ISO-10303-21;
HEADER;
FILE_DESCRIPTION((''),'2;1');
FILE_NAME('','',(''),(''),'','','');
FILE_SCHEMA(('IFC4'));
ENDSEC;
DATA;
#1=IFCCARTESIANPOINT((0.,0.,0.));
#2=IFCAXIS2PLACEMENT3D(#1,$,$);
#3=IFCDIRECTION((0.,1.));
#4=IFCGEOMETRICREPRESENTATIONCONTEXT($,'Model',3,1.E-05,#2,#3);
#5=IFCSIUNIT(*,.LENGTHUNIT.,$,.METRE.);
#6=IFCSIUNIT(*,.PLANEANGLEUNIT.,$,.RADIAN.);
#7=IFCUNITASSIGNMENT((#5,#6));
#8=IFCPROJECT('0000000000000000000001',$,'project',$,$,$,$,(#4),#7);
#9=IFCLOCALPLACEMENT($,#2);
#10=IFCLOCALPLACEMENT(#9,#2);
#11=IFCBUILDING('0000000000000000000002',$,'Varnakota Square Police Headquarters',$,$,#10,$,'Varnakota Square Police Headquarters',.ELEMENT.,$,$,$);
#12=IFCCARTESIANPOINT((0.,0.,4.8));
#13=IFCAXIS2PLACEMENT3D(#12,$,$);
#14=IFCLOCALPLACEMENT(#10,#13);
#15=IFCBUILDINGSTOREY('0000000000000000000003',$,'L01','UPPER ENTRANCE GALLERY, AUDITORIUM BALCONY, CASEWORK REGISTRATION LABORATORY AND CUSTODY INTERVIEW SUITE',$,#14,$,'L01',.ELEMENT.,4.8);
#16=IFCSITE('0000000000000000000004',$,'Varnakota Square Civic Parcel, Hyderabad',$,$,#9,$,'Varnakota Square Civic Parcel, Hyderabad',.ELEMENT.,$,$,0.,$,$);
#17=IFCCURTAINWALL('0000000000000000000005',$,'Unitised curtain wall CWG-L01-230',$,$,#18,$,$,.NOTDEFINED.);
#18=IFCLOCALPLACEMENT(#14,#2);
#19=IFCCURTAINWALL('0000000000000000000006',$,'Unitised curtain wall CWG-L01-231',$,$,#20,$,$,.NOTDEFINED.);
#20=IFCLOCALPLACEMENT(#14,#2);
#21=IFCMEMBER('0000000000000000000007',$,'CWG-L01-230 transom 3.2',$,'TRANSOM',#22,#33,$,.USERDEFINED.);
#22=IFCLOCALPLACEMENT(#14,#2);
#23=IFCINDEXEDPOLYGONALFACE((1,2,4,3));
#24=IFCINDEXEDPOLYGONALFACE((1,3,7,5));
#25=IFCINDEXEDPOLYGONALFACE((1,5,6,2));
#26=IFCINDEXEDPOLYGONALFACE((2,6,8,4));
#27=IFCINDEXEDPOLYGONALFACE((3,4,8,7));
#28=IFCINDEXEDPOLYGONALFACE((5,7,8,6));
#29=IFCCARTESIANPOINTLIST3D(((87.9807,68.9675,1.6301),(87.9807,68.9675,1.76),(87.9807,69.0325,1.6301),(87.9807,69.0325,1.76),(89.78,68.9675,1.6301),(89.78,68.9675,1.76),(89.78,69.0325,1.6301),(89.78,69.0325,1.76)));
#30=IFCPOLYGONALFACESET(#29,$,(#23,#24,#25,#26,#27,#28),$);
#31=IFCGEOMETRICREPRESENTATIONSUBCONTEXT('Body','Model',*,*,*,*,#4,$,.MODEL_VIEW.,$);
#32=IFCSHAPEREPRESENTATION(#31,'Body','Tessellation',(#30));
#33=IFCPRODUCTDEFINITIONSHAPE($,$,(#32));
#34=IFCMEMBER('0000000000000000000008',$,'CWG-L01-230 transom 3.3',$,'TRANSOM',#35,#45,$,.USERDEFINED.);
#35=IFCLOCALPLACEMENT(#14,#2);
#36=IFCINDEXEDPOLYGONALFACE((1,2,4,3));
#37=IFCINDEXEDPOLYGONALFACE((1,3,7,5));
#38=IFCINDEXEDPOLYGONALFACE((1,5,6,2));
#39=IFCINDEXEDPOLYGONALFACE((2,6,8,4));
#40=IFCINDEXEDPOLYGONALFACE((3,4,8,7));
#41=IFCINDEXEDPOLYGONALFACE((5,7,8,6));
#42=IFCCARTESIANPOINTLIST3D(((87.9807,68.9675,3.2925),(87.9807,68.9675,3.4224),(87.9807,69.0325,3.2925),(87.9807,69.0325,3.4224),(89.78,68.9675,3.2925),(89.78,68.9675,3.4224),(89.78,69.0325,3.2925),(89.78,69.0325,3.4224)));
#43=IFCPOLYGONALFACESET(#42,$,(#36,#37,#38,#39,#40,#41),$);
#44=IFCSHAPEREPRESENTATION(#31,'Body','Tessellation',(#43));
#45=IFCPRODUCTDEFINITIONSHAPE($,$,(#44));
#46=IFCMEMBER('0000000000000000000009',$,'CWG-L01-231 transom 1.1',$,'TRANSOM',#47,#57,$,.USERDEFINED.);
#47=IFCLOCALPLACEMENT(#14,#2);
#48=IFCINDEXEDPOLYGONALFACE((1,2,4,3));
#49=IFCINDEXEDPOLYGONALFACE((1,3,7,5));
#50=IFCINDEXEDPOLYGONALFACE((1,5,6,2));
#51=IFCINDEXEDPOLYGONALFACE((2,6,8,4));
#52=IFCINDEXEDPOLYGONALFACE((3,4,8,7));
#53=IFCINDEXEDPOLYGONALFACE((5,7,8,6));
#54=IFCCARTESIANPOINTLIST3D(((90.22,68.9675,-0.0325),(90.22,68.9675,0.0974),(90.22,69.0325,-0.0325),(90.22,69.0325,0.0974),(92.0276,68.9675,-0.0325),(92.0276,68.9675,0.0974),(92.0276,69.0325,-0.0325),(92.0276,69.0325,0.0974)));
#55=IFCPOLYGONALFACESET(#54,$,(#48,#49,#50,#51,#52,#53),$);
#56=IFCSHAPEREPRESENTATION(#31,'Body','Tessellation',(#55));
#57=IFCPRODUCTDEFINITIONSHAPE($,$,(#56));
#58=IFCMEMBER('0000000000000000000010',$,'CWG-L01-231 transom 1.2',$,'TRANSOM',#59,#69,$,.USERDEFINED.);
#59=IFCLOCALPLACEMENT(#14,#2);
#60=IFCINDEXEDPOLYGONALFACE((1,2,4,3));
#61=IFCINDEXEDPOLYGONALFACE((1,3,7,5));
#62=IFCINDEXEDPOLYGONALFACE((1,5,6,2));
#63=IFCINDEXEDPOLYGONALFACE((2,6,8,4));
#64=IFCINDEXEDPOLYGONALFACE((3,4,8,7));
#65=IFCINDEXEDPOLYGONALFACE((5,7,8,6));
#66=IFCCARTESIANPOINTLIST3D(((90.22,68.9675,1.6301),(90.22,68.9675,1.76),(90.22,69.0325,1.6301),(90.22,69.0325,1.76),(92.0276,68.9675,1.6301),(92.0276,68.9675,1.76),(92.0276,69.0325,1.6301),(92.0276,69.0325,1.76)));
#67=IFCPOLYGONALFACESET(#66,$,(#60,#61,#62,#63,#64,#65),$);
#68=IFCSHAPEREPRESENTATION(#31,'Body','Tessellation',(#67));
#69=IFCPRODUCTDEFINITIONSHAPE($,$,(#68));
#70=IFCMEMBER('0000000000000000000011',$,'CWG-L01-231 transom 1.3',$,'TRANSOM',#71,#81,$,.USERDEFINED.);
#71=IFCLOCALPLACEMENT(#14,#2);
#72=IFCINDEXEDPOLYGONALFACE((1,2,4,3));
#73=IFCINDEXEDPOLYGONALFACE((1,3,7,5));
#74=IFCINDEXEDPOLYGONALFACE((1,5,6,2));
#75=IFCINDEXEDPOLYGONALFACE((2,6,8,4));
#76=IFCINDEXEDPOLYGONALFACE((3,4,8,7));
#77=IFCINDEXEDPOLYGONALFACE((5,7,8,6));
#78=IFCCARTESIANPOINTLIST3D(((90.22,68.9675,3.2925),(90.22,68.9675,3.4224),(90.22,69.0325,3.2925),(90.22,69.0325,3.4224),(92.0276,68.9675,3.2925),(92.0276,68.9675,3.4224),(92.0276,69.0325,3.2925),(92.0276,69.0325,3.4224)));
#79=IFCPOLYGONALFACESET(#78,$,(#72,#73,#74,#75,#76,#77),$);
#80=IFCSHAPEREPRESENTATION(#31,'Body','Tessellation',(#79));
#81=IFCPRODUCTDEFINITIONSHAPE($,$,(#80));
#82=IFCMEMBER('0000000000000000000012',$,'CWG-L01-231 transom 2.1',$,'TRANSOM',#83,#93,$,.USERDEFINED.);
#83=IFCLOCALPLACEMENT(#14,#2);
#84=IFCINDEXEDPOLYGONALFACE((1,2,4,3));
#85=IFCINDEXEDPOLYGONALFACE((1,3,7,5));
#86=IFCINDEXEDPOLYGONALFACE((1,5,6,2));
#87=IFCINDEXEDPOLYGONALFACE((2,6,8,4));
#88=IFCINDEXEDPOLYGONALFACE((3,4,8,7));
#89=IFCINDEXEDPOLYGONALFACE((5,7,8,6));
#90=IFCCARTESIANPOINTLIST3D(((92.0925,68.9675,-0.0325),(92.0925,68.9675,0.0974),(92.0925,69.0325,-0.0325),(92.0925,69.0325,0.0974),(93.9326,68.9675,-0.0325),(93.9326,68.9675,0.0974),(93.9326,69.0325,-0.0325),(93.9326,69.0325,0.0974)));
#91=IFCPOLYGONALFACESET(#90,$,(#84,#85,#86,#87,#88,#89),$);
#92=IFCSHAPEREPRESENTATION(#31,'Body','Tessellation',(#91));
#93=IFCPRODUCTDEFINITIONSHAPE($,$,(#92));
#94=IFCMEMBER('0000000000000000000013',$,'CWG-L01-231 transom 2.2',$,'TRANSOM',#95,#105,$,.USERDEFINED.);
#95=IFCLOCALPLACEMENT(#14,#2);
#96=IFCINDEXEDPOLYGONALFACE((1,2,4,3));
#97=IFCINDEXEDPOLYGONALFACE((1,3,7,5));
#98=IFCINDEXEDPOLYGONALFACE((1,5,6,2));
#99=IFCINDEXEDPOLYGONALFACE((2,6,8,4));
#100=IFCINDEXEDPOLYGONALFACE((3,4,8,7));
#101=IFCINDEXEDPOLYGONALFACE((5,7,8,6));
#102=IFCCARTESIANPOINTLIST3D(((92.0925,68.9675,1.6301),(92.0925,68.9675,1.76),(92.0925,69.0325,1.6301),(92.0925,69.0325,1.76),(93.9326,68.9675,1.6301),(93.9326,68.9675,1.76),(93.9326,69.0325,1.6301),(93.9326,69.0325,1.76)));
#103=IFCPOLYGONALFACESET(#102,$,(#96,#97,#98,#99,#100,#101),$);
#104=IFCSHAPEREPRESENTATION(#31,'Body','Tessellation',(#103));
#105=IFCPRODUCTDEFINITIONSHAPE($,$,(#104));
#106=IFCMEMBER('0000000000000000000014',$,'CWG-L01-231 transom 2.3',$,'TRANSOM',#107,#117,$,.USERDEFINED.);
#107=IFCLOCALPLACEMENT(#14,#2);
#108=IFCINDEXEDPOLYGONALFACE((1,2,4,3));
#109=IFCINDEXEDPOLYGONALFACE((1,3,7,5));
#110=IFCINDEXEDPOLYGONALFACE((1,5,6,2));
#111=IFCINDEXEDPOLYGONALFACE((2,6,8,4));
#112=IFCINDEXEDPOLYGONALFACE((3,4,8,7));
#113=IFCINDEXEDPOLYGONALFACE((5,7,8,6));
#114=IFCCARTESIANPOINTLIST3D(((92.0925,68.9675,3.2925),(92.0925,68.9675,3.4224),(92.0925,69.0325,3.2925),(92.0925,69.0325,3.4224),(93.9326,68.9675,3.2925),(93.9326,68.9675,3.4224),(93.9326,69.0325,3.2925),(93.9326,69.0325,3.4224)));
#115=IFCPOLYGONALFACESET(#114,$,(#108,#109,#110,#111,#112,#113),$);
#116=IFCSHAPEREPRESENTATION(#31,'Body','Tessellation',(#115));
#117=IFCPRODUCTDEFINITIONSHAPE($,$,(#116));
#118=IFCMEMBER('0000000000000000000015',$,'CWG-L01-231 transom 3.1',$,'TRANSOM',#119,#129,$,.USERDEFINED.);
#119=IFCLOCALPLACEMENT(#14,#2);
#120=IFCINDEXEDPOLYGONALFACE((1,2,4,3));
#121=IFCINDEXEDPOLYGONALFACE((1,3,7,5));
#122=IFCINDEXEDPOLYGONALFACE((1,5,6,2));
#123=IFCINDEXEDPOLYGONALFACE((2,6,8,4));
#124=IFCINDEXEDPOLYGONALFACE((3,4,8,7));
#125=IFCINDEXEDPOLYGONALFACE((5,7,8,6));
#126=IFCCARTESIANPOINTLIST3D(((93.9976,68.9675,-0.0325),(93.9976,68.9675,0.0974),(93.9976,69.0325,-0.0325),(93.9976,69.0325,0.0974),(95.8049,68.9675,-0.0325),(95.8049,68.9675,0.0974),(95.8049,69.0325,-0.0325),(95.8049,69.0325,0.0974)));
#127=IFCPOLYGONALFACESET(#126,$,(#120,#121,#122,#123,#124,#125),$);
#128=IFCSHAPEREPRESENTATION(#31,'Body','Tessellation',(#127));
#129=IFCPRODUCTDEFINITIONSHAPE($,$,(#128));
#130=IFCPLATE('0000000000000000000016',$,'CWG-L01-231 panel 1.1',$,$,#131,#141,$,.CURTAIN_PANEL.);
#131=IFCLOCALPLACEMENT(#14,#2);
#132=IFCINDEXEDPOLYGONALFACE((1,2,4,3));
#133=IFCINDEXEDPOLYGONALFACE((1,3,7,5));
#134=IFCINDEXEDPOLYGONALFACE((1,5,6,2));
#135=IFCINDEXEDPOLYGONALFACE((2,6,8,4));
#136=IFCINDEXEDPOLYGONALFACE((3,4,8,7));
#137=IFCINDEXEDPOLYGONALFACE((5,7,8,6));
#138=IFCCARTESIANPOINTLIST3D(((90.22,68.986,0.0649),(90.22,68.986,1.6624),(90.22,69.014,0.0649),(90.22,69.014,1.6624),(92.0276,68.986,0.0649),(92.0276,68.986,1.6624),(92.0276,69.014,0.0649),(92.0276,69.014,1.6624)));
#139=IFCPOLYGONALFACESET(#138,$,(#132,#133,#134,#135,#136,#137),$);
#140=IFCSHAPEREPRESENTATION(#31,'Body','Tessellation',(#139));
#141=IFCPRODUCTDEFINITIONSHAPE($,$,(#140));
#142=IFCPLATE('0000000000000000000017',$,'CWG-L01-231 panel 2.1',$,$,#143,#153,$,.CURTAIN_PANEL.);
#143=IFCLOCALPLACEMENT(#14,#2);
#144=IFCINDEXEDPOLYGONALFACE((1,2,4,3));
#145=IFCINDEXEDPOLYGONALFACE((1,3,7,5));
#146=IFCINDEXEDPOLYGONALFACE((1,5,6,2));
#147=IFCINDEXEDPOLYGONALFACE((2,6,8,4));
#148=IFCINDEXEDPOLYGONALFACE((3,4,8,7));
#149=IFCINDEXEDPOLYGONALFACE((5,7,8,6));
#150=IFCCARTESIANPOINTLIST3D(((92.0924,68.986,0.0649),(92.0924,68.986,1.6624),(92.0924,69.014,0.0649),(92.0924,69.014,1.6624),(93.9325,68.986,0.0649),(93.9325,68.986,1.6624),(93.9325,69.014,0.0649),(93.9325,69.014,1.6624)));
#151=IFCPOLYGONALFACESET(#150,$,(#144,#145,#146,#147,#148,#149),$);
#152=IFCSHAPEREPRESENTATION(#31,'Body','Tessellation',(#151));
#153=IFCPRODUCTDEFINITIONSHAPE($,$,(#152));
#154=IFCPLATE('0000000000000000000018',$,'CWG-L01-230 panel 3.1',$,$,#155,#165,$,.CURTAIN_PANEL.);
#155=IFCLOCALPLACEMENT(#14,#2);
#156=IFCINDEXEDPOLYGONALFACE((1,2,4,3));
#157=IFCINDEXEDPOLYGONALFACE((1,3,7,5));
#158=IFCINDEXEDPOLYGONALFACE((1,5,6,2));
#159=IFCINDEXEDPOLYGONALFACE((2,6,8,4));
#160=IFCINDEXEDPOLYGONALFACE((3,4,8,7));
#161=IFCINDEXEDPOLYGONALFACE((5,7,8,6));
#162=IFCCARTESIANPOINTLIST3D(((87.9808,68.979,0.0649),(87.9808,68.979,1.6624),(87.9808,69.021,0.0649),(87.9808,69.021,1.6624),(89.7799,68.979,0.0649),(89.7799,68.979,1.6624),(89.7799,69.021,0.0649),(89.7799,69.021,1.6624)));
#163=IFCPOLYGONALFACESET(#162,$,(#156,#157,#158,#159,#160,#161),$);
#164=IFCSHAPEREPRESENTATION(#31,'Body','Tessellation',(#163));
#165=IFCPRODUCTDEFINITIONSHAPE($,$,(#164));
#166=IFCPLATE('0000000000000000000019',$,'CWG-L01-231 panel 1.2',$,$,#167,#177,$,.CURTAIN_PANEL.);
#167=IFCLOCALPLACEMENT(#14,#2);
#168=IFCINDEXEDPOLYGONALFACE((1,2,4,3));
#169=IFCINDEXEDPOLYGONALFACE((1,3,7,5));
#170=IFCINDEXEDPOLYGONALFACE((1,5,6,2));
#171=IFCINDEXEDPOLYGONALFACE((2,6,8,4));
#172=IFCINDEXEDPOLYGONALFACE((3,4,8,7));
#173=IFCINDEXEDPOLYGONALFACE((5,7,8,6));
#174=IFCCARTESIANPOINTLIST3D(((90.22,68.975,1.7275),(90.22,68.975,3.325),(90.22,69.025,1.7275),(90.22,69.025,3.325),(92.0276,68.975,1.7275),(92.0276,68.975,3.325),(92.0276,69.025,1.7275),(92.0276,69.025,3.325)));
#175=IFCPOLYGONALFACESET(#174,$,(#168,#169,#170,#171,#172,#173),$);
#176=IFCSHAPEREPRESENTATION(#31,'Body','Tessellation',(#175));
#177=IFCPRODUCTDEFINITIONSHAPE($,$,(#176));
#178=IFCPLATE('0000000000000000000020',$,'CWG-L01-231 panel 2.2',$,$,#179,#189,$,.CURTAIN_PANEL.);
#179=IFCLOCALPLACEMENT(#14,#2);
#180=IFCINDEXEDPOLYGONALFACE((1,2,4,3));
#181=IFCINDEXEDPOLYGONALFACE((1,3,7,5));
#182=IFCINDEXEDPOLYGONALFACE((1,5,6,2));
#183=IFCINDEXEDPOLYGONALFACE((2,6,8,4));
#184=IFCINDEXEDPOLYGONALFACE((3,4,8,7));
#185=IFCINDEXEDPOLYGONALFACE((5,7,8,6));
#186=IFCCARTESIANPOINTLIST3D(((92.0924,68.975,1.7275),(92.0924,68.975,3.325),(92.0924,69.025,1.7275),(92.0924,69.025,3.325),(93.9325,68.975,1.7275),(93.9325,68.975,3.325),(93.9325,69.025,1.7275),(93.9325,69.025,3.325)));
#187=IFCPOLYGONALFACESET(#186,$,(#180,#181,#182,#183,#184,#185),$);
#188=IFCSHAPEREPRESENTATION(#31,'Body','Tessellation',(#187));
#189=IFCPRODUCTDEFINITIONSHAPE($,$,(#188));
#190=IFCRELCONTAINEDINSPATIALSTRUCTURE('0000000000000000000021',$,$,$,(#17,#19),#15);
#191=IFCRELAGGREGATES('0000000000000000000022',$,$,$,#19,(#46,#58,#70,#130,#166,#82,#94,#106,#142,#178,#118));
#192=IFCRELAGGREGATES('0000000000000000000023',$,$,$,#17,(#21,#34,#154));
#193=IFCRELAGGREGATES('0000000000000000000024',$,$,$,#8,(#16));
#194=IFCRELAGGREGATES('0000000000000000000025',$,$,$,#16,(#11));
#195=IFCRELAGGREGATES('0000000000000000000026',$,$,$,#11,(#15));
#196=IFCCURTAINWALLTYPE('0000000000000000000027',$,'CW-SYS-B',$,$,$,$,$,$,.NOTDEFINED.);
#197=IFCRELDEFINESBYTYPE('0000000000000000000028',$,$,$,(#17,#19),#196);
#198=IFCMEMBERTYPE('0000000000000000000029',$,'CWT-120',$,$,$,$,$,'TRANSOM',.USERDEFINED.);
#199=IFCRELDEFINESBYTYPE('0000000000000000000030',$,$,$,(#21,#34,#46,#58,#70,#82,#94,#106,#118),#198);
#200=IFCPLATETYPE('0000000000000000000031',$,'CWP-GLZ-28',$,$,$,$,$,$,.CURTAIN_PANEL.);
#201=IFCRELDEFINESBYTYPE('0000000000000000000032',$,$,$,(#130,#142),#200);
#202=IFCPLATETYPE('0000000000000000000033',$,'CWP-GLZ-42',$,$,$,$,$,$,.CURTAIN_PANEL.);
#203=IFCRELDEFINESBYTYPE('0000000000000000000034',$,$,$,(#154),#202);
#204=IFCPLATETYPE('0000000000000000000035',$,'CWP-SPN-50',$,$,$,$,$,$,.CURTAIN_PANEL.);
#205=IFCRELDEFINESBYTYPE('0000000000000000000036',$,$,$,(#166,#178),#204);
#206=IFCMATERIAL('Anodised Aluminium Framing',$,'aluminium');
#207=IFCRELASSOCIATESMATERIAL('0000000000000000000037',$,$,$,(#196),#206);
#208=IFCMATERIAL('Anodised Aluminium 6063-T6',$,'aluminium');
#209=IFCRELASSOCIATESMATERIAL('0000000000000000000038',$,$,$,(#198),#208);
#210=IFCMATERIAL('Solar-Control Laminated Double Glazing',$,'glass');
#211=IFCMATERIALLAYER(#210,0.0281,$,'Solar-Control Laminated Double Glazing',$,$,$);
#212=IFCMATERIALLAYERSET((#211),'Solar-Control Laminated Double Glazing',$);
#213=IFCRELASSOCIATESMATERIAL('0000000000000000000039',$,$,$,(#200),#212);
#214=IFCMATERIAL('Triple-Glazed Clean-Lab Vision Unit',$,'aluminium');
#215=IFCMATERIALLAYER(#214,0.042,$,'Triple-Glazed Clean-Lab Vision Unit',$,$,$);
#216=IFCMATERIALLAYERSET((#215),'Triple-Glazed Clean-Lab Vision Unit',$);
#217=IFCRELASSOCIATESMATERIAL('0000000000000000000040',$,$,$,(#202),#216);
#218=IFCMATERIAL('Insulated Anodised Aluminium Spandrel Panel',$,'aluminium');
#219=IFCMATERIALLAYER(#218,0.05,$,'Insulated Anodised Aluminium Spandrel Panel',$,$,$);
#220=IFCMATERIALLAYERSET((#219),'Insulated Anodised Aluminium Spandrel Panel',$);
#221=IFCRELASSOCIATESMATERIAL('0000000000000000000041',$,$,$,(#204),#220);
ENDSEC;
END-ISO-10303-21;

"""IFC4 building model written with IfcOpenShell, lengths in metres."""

from ifc_helpers import new_model, si_unit, direction, frame, origin, origin_2d, place, context, subcontext, project, spatial, rectangle, extrude, material, layer, layer_set, material_profile, profile_set, type_object, element, aggregate, save


model = new_model("IFC4")

# Units and contexts
model_context = context("Model", 3, precision=1e-05, world=origin(), true_north=direction((0.0, 1.0)))
body_context = subcontext(model_context, "Body", "Model", "MODEL_VIEW")
ifc_project = project(units=[si_unit("LENGTHUNIT", "METRE"), si_unit("PLANEANGLEUNIT", "RADIAN")], contexts=[model_context])

# Site, building, storey
site_placement = place(None, origin())
site = spatial("IfcSite", under=ifc_project, at=site_placement, Name="Varnakota Square Civic Parcel, Hyderabad", LongName="Varnakota Square Civic Parcel, Hyderabad", CompositionType="ELEMENT", RefElevation=0.0)
building_placement = place(site_placement, origin())
building = spatial("IfcBuilding", under=site, at=building_placement, Name="Varnakota Square Police Headquarters", LongName="Varnakota Square Police Headquarters", CompositionType="ELEMENT")
storey_placement = place(building_placement, frame((0.0, 0.0, 4.8)))
storey = spatial("IfcBuildingStorey", under=building, at=storey_placement, Name="L01", Description="UPPER ENTRANCE GALLERY, AUDITORIUM BALCONY, CASEWORK REGISTRATION LABORATORY AND CUSTODY INTERVIEW SUITE", LongName="L01", CompositionType="ELEMENT", Elevation=4.8)

# Curtain wall
ifc_material_1 = material(Name="Anodised Aluminium Framing", Category="aluminium")
curtain_wall_type = type_object("IfcCurtainWallType", Name="CW-SYS-B", PredefinedType="NOTDEFINED", material=ifc_material_1)
curtain_wall_1_placement = place(storey_placement, origin())
curtain_wall_1 = element("IfcCurtainWall", 1, at=curtain_wall_1_placement, inside=storey, type_object=curtain_wall_type, Name="Unitised curtain wall CWG-L01-230", PredefinedType="NOTDEFINED")
ifc_material_2 = material(Name="Anodised Aluminium 6063-T6", Category="aluminium")

# Curtain wall
curtain_wall_2_placement = place(storey_placement, origin())
curtain_wall_2 = element("IfcCurtainWall", 2, at=curtain_wall_2_placement, inside=storey, type_object=curtain_wall_type, Name="Unitised curtain wall CWG-L01-231", PredefinedType="NOTDEFINED")

# Members
ifc_material_profile_1 = material_profile(ifc_material_2, rectangle(XDim=0.0649, YDim=0.1299, at=origin_2d()), Name="ALU TRANSOM 65x130")
ifc_profile_set_1 = profile_set([ifc_material_profile_1], Name="Anodised Aluminium 6063-T6")
member_type_1 = type_object("IfcMemberType", Name="CWT-120", ElementType="TRANSOM", PredefinedType="USERDEFINED", material=ifc_profile_set_1)
member_1_placement = place(storey_placement, frame((87.9807, 69.0, 1.6951), z_axis=(1.0, 0.0, 0.0), x_axis=(0.0, 1.0, 0.0)))
member_1 = element("IfcMember", 3, at=member_1_placement, type_object=member_type_1, Name="CWG-L01-230 transom 3.2", ObjectType="TRANSOM", PredefinedType="USERDEFINED", context=body_context, shape_type="SweptSolid", body=[
    extrude(rectangle(XDim=0.0649, YDim=0.1299, at=origin_2d()), origin(), (0.0, 0.0, 1.0), 1.7993),
])
member_2_placement = place(storey_placement, frame((87.9807, 69.0, 3.3574), z_axis=(1.0, 0.0, 0.0), x_axis=(0.0, 1.0, 0.0)))
member_2 = element("IfcMember", 4, at=member_2_placement, type_object=member_type_1, Name="CWG-L01-230 transom 3.3", ObjectType="TRANSOM", PredefinedType="USERDEFINED", context=body_context, shape_type="SweptSolid", body=[
    extrude(rectangle(XDim=0.0649, YDim=0.1299, at=origin_2d()), origin(), (0.0, 0.0, 1.0), 1.7993),
])
member_3_placement = place(storey_placement, frame((90.22, 69.0, 0.0325), z_axis=(1.0, 0.0, 0.0), x_axis=(0.0, 1.0, 0.0)))
member_3 = element("IfcMember", 5, at=member_3_placement, type_object=member_type_1, Name="CWG-L01-231 transom 1.1", ObjectType="TRANSOM", PredefinedType="USERDEFINED", context=body_context, shape_type="SweptSolid", body=[
    extrude(rectangle(XDim=0.0649, YDim=0.1299, at=origin_2d()), origin(), (0.0, 0.0, 1.0), 1.8076),
])
member_4_placement = place(storey_placement, frame((90.22, 69.0, 1.6951), z_axis=(1.0, 0.0, 0.0), x_axis=(0.0, 1.0, 0.0)))
member_4 = element("IfcMember", 6, at=member_4_placement, type_object=member_type_1, Name="CWG-L01-231 transom 1.2", ObjectType="TRANSOM", PredefinedType="USERDEFINED", context=body_context, shape_type="SweptSolid", body=[
    extrude(rectangle(XDim=0.0649, YDim=0.1299, at=origin_2d()), origin(), (0.0, 0.0, 1.0), 1.8076),
])
member_5_placement = place(storey_placement, frame((90.22, 69.0, 3.3574), z_axis=(1.0, 0.0, 0.0), x_axis=(0.0, 1.0, 0.0)))
member_5 = element("IfcMember", 7, at=member_5_placement, type_object=member_type_1, Name="CWG-L01-231 transom 1.3", ObjectType="TRANSOM", PredefinedType="USERDEFINED", context=body_context, shape_type="SweptSolid", body=[
    extrude(rectangle(XDim=0.0649, YDim=0.1299, at=origin_2d()), origin(), (0.0, 0.0, 1.0), 1.8076),
])
member_6_placement = place(storey_placement, frame((92.0925, 69.0, 0.0325), z_axis=(1.0, 0.0, 0.0), x_axis=(0.0, 1.0, 0.0)))
member_6 = element("IfcMember", 8, at=member_6_placement, type_object=member_type_1, Name="CWG-L01-231 transom 2.1", ObjectType="TRANSOM", PredefinedType="USERDEFINED", context=body_context, shape_type="SweptSolid", body=[
    extrude(rectangle(XDim=0.0649, YDim=0.1299, at=origin_2d()), origin(), (0.0, 0.0, 1.0), 1.8401),
])
member_7_placement = place(storey_placement, frame((92.0925, 69.0, 1.6951), z_axis=(1.0, 0.0, 0.0), x_axis=(0.0, 1.0, 0.0)))
member_7 = element("IfcMember", 9, at=member_7_placement, type_object=member_type_1, Name="CWG-L01-231 transom 2.2", ObjectType="TRANSOM", PredefinedType="USERDEFINED", context=body_context, shape_type="SweptSolid", body=[
    extrude(rectangle(XDim=0.0649, YDim=0.1299, at=origin_2d()), origin(), (0.0, 0.0, 1.0), 1.8401),
])
member_8_placement = place(storey_placement, frame((92.0925, 69.0, 3.3574), z_axis=(1.0, 0.0, 0.0), x_axis=(0.0, 1.0, 0.0)))
member_8 = element("IfcMember", 10, at=member_8_placement, type_object=member_type_1, Name="CWG-L01-231 transom 2.3", ObjectType="TRANSOM", PredefinedType="USERDEFINED", context=body_context, shape_type="SweptSolid", body=[
    extrude(rectangle(XDim=0.0649, YDim=0.1299, at=origin_2d()), origin(), (0.0, 0.0, 1.0), 1.8401),
])
member_9_placement = place(storey_placement, frame((93.9976, 69.0, 0.0325), z_axis=(1.0, 0.0, 0.0), x_axis=(0.0, 1.0, 0.0)))
member_9 = element("IfcMember", 11, at=member_9_placement, type_object=member_type_1, Name="CWG-L01-231 transom 3.1", ObjectType="TRANSOM", PredefinedType="USERDEFINED", context=body_context, shape_type="SweptSolid", body=[
    extrude(rectangle(XDim=0.0649, YDim=0.1299, at=origin_2d()), origin(), (0.0, 0.0, 1.0), 1.8074),
])

# Plates
ifc_material_3 = material(Name="Solar-Control Laminated Double Glazing", Category="glass")
ifc_layer_1 = layer(ifc_material_3, 0.0281, Name="Solar-Control Laminated Double Glazing")
ifc_layer_set_1 = layer_set([ifc_layer_1], Name="Solar-Control Laminated Double Glazing")
plate_type_1 = type_object("IfcPlateType", Name="CWP-GLZ-28", PredefinedType="CURTAIN_PANEL", material=ifc_layer_set_1)
plate_1_placement = place(storey_placement, frame((91.1238, 69.0, 0.0649), z_axis=(0.0, 0.0, 1.0), x_axis=(1.0, 0.0, 0.0)))
plate_1 = element("IfcPlate", 12, at=plate_1_placement, type_object=plate_type_1, Name="CWG-L01-231 panel 1.1", PredefinedType="CURTAIN_PANEL", context=body_context, shape_type="SweptSolid", body=[
    extrude(rectangle(XDim=1.8076, YDim=0.0281, at=origin_2d()), origin(), (0.0, 0.0, 1.0), 1.5974),
])
plate_2_placement = place(storey_placement, frame((93.0125, 69.0, 0.0649), z_axis=(0.0, 0.0, 1.0), x_axis=(1.0, 0.0, 0.0)))
plate_2 = element("IfcPlate", 13, at=plate_2_placement, type_object=plate_type_1, Name="CWG-L01-231 panel 2.1", PredefinedType="CURTAIN_PANEL", context=body_context, shape_type="SweptSolid", body=[
    extrude(rectangle(XDim=1.8401, YDim=0.0281, at=origin_2d()), origin(), (0.0, 0.0, 1.0), 1.5974),
])
ifc_material_4 = material(Name="Triple-Glazed Clean-Lab Vision Unit", Category="aluminium")
ifc_layer_2 = layer(ifc_material_4, 0.042, Name="Triple-Glazed Clean-Lab Vision Unit")
ifc_layer_set_2 = layer_set([ifc_layer_2], Name="Triple-Glazed Clean-Lab Vision Unit")
plate_type_2 = type_object("IfcPlateType", Name="CWP-GLZ-42", PredefinedType="CURTAIN_PANEL", material=ifc_layer_set_2)
plate_3_placement = place(storey_placement, frame((88.8804, 69.0, 0.0649), z_axis=(0.0, 0.0, 1.0), x_axis=(1.0, 0.0, 0.0)))
plate_3 = element("IfcPlate", 14, at=plate_3_placement, type_object=plate_type_2, Name="CWG-L01-230 panel 3.1", PredefinedType="CURTAIN_PANEL", context=body_context, shape_type="SweptSolid", body=[
    extrude(rectangle(XDim=1.7991, YDim=0.042, at=origin_2d()), origin(), (0.0, 0.0, 1.0), 1.5974),
])
ifc_material_5 = material(Name="Insulated Anodised Aluminium Spandrel Panel", Category="aluminium")
ifc_layer_3 = layer(ifc_material_5, 0.05, Name="Insulated Anodised Aluminium Spandrel Panel")
ifc_layer_set_3 = layer_set([ifc_layer_3], Name="Insulated Anodised Aluminium Spandrel Panel")
plate_type_3 = type_object("IfcPlateType", Name="CWP-SPN-50", PredefinedType="CURTAIN_PANEL", material=ifc_layer_set_3)
plate_4_placement = place(storey_placement, frame((91.1238, 69.0, 1.7275), z_axis=(0.0, 0.0, 1.0), x_axis=(1.0, 0.0, 0.0)))
plate_4 = element("IfcPlate", 15, at=plate_4_placement, type_object=plate_type_3, Name="CWG-L01-231 panel 1.2", PredefinedType="CURTAIN_PANEL", context=body_context, shape_type="SweptSolid", body=[
    extrude(rectangle(XDim=1.8076, YDim=0.05, at=origin_2d()), origin(), (0.0, 0.0, 1.0), 1.5974),
])
plate_5_placement = place(storey_placement, frame((93.0125, 69.0, 1.7275), z_axis=(0.0, 0.0, 1.0), x_axis=(1.0, 0.0, 0.0)))
plate_5 = element("IfcPlate", 16, at=plate_5_placement, type_object=plate_type_3, Name="CWG-L01-231 panel 2.2", PredefinedType="CURTAIN_PANEL", context=body_context, shape_type="SweptSolid", body=[
    extrude(rectangle(XDim=1.8401, YDim=0.05, at=origin_2d()), origin(), (0.0, 0.0, 1.0), 1.5974),
])
aggregate(curtain_wall_2, [member_3, member_4, member_5, plate_1, plate_4, member_6, member_7, member_8, plate_2, plate_5, member_9])
aggregate(curtain_wall_1, [member_1, member_2, plate_3])

save(model, "model.ifc")
